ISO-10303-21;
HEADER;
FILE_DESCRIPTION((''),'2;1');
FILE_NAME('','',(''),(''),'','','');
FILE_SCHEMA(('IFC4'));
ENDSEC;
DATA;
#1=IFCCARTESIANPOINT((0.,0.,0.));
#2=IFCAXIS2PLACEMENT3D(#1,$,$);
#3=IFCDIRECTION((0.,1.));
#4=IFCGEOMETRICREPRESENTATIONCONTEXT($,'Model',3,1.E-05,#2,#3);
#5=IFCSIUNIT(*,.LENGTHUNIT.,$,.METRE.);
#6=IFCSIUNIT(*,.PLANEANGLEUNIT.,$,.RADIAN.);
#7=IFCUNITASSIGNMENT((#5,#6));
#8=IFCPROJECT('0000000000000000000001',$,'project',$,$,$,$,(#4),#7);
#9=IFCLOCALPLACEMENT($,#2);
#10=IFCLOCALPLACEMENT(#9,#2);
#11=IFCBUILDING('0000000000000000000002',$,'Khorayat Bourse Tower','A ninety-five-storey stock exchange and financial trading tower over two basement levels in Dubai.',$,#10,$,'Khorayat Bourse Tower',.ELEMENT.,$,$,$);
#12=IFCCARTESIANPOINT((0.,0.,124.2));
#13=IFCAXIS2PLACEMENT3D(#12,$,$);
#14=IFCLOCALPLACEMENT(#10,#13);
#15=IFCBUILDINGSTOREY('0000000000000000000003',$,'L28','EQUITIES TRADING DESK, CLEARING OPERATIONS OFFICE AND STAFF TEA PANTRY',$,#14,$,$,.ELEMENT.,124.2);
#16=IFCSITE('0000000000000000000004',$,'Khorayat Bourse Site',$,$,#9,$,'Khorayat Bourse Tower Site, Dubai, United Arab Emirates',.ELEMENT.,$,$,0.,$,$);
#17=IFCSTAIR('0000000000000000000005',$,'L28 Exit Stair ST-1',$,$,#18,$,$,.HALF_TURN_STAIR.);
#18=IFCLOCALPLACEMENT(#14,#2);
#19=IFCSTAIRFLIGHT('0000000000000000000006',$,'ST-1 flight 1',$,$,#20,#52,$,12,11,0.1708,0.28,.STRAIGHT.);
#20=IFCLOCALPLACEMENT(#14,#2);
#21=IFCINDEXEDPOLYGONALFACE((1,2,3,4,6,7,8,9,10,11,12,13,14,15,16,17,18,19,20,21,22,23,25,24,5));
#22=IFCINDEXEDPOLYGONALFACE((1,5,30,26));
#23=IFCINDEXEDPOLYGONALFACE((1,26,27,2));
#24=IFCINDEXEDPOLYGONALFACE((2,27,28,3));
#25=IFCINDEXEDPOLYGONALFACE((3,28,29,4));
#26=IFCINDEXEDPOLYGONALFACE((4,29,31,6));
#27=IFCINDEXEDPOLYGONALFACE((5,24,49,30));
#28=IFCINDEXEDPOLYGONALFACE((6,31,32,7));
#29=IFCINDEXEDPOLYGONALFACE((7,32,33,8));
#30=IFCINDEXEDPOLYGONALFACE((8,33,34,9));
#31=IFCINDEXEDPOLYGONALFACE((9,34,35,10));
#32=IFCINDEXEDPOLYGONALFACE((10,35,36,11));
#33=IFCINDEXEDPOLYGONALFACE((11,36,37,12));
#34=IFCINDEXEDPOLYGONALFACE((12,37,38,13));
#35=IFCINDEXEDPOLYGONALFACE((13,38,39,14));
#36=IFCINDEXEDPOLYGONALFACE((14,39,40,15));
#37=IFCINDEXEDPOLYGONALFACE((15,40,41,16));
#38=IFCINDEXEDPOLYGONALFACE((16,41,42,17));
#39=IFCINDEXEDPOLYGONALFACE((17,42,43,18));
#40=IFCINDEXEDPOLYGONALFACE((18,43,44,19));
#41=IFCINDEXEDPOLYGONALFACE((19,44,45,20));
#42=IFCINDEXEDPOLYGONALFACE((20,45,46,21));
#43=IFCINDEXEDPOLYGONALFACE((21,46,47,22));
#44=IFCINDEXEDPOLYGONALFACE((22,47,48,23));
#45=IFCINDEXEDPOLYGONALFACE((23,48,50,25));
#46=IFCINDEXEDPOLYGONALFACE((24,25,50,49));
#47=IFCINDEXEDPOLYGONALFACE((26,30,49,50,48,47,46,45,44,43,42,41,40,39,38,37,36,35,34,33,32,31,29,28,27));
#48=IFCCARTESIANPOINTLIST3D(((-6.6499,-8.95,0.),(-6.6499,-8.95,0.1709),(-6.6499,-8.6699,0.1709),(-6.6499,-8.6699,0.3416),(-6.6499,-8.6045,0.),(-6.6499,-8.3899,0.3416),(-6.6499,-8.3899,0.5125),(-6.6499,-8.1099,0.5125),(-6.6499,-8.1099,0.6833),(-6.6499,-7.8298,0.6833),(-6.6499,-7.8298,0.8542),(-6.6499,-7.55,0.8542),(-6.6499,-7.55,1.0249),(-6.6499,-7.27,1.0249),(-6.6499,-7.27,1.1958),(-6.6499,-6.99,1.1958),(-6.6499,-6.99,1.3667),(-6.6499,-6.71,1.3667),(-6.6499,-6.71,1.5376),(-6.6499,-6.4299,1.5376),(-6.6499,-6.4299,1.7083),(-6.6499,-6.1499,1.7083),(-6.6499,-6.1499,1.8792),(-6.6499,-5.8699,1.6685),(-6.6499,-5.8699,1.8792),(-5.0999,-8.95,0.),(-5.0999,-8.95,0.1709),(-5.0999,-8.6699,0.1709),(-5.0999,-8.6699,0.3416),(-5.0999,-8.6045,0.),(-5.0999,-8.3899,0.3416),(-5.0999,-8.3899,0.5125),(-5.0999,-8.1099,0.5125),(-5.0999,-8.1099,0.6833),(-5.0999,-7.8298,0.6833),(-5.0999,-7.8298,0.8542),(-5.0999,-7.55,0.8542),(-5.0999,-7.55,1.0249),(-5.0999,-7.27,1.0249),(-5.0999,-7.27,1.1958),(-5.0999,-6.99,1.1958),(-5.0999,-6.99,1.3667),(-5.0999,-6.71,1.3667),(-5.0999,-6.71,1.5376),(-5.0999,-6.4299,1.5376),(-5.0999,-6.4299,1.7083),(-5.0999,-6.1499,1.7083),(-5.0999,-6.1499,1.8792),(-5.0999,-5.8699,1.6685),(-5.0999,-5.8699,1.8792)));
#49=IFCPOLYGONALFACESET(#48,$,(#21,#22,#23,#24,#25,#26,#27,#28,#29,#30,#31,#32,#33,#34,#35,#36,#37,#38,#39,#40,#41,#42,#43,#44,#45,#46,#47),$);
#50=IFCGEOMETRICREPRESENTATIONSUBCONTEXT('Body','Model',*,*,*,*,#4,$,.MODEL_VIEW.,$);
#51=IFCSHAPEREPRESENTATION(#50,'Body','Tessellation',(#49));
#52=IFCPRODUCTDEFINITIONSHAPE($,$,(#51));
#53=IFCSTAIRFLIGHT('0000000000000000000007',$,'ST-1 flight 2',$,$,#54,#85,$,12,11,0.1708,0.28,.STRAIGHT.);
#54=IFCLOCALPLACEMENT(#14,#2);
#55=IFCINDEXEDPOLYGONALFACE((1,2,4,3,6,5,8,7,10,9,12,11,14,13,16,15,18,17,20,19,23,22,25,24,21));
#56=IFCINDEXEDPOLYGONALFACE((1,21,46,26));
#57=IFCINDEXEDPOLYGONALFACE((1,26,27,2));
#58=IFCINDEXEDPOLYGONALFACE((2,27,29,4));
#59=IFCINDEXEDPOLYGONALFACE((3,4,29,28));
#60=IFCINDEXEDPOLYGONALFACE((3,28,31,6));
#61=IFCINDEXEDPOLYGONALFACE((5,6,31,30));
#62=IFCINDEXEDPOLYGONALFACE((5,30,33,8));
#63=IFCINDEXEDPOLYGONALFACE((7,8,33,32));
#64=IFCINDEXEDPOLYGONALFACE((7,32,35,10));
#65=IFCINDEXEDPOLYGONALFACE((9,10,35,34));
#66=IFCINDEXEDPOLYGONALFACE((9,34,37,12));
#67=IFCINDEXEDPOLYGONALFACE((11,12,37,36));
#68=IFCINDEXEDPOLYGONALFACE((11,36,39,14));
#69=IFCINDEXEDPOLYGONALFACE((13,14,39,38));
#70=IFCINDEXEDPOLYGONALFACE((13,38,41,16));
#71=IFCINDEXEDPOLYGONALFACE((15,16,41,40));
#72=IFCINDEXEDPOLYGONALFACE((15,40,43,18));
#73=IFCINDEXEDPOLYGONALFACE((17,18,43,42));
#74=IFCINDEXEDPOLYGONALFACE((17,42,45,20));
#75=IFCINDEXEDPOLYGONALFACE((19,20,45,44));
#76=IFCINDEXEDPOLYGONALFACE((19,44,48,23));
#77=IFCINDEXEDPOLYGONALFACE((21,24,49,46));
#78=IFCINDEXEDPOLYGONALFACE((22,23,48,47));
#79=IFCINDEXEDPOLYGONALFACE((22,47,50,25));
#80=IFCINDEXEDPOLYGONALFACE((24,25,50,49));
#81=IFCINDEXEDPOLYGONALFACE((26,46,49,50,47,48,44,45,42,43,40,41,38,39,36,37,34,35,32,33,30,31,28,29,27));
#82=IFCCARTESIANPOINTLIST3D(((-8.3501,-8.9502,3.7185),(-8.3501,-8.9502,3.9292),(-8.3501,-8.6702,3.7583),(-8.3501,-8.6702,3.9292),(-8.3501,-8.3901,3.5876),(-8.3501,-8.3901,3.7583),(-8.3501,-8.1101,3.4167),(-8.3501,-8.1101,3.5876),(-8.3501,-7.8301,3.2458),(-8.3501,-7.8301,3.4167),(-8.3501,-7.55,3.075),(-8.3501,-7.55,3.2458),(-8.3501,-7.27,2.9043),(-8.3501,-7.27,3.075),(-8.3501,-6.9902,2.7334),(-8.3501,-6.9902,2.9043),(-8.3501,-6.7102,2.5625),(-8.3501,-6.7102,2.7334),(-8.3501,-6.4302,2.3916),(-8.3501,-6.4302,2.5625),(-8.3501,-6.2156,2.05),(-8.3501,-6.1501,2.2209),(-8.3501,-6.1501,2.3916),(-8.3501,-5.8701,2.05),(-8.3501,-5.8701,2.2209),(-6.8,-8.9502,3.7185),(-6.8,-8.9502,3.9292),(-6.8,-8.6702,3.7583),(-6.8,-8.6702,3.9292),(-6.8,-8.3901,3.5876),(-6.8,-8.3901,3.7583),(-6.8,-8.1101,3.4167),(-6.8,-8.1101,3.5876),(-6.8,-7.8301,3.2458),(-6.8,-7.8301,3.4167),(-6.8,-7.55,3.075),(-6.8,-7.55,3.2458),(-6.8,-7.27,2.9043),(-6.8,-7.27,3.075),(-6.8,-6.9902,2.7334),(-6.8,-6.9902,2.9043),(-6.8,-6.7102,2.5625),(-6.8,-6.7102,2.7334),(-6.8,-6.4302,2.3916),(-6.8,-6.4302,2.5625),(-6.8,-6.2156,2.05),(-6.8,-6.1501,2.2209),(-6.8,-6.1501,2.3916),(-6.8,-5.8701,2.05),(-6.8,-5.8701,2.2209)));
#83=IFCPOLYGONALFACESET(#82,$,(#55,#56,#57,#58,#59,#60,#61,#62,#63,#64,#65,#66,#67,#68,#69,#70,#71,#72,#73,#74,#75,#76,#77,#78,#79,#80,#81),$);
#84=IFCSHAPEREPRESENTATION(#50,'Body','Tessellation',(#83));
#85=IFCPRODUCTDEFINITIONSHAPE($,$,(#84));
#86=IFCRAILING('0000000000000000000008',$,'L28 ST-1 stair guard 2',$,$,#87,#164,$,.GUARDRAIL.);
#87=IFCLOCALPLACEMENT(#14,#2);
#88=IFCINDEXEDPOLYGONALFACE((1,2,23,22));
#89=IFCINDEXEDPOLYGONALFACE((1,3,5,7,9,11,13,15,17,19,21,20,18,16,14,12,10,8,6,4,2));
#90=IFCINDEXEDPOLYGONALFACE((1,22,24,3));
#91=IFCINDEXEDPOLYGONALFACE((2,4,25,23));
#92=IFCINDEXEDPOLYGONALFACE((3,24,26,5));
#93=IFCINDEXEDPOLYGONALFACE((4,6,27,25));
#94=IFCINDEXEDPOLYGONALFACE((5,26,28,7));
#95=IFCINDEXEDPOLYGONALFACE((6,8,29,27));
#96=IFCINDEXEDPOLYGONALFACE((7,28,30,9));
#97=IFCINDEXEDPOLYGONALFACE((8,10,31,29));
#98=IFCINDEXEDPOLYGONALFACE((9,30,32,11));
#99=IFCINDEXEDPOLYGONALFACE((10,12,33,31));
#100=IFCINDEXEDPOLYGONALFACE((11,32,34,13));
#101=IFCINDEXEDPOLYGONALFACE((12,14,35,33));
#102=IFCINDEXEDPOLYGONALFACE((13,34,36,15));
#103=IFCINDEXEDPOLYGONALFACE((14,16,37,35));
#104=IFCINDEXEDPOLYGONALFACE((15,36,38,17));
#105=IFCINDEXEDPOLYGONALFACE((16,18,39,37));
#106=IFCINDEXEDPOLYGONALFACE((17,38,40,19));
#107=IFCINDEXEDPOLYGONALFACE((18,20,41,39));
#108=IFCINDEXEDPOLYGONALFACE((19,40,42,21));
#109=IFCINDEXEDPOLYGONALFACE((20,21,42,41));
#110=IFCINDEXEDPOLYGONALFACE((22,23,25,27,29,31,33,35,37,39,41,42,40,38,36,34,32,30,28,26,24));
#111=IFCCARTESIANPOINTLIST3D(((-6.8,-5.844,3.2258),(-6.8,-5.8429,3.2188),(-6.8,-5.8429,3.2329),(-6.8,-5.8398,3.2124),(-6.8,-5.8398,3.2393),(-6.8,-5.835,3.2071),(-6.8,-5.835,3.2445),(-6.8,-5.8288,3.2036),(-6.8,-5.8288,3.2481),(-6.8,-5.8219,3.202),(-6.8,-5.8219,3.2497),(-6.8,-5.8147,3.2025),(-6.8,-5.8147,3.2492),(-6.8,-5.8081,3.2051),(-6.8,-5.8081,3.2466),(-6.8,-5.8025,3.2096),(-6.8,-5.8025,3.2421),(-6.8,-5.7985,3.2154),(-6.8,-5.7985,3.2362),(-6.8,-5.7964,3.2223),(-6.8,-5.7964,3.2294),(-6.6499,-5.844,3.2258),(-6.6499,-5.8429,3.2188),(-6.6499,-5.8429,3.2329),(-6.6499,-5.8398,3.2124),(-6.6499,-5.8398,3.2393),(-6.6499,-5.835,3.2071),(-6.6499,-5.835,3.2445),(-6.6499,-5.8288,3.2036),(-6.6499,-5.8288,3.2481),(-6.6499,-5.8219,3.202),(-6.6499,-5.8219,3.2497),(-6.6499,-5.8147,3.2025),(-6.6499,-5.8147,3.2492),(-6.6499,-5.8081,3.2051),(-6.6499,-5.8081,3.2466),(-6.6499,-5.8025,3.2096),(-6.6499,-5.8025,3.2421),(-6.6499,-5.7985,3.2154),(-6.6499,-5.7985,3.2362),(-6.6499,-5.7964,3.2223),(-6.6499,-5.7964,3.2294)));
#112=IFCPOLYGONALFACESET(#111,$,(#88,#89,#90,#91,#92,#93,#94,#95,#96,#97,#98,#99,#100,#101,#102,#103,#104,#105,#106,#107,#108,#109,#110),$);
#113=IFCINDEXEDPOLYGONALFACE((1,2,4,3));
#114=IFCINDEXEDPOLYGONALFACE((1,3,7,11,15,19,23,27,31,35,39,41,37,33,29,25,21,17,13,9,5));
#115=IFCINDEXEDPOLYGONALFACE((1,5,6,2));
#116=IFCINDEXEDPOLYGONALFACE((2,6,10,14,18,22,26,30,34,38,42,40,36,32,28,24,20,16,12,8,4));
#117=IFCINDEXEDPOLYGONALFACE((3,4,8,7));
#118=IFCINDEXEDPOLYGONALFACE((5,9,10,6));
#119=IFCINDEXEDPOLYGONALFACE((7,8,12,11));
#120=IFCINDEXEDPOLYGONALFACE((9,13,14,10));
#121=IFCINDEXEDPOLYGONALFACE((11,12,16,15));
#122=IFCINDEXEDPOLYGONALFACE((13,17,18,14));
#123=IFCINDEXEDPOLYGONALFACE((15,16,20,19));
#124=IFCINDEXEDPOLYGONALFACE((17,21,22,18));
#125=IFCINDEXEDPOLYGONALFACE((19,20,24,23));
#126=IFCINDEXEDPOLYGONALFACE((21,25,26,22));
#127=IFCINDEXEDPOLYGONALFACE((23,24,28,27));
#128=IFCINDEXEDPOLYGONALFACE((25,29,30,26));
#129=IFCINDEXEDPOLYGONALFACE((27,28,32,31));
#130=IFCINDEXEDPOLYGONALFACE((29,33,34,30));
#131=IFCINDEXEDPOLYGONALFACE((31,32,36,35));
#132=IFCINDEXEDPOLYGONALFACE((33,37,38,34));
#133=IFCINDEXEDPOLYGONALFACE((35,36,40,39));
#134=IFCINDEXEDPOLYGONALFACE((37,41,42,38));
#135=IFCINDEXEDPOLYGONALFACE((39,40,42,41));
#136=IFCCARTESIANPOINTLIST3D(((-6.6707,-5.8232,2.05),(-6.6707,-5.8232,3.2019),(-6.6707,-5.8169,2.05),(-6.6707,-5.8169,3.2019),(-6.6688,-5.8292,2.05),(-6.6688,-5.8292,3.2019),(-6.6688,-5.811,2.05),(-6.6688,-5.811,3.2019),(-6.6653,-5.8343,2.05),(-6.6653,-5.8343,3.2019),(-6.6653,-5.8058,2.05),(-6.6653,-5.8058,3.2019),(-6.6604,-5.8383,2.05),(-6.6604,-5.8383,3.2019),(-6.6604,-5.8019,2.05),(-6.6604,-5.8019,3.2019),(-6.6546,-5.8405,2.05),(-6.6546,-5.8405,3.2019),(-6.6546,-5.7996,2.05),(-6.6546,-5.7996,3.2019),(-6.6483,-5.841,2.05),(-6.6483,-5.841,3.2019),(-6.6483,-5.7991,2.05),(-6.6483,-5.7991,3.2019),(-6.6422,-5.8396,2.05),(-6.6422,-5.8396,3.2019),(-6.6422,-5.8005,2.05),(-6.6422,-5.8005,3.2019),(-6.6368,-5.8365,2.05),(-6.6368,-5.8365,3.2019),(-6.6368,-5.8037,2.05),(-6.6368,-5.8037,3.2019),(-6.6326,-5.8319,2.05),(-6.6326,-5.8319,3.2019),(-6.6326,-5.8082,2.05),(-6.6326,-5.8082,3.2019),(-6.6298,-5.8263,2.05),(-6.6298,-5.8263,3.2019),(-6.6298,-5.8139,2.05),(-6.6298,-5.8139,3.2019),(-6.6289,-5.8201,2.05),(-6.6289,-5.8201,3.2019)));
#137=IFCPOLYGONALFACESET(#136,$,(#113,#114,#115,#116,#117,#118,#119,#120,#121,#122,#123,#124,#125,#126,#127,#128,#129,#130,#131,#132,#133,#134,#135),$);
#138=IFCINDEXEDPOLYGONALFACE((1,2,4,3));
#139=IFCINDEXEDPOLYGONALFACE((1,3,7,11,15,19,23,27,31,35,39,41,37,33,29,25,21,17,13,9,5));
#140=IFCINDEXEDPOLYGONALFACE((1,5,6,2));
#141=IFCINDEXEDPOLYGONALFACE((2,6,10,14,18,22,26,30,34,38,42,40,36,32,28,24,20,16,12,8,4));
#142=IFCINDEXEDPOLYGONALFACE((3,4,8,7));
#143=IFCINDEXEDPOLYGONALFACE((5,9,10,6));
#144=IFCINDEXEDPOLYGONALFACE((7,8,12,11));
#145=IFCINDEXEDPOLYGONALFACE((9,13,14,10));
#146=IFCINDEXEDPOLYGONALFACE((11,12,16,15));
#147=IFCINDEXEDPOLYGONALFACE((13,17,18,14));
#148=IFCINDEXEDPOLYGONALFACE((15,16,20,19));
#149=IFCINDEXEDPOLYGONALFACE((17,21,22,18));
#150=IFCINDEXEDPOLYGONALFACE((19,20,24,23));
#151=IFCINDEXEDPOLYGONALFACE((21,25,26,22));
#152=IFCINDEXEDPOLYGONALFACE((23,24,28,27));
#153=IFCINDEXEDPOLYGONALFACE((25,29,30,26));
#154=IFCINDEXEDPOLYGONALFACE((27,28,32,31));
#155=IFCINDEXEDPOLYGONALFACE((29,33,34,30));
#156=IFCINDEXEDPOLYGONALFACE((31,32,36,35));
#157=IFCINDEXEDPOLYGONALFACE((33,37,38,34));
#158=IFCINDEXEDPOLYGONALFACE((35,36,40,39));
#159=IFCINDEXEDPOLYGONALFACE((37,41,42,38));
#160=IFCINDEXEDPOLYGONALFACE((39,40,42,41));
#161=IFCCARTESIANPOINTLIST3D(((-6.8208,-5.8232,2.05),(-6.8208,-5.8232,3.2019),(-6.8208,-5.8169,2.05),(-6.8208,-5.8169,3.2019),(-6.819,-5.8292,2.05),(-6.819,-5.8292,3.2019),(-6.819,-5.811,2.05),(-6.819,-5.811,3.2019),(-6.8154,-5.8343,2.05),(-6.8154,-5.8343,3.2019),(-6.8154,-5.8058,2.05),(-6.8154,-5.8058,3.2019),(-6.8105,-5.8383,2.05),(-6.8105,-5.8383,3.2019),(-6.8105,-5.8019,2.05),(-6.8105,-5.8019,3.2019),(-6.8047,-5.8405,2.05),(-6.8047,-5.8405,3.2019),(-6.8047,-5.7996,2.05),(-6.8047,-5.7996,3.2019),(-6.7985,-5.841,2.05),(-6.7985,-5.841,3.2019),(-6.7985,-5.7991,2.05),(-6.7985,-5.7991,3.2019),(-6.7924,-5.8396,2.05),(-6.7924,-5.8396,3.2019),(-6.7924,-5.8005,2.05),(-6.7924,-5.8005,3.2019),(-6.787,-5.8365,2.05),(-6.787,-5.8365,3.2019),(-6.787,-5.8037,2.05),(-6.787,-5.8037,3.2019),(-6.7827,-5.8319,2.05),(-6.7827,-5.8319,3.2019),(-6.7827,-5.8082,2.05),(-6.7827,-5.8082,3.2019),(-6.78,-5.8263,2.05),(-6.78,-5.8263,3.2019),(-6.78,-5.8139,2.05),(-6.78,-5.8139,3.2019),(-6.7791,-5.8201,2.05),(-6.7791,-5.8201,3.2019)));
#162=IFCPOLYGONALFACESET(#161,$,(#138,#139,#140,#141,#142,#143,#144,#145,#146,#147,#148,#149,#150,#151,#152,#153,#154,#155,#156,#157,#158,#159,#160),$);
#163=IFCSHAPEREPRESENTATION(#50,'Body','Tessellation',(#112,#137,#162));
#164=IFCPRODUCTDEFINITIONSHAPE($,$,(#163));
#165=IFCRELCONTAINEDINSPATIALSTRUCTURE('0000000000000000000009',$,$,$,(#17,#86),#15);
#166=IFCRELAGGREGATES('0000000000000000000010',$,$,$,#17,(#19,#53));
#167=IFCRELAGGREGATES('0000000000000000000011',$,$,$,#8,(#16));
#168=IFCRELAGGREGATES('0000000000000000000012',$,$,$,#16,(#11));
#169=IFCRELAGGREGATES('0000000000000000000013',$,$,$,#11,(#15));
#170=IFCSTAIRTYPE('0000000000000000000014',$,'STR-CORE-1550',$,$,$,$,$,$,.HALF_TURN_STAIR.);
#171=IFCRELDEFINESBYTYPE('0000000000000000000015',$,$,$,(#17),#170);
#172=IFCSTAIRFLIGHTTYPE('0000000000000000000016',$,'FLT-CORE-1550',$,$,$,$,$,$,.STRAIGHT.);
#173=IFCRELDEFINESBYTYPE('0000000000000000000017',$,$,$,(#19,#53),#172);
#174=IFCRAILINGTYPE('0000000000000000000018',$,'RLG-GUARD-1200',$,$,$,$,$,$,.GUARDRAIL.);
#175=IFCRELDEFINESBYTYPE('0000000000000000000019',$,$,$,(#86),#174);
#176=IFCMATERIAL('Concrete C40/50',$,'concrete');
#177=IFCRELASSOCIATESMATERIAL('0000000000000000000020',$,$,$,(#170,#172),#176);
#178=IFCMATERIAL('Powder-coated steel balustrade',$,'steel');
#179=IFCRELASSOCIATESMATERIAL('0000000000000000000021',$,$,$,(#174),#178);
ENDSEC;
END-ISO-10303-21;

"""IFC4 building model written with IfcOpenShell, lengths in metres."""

from ifc_helpers import new_model, si_unit, direction, frame, origin, origin_2d, place, context, subcontext, project, spatial, polyline, circle, outline, extrude, source, transform, mapped, material, type_object, element, aggregate, save


model = new_model("IFC4")

# Units and contexts
model_context = context("Model", 3, precision=1e-05, world=origin(), true_north=direction((0.0, 1.0)))
body_context = subcontext(model_context, "Body", "Model", "MODEL_VIEW")
ifc_project = project(units=[si_unit("LENGTHUNIT", "METRE"), si_unit("PLANEANGLEUNIT", "RADIAN")], contexts=[model_context])

# Site, building, storey
site_placement = place(None, origin())
site = spatial("IfcSite", under=ifc_project, at=site_placement, Name="Khorayat Bourse Site", LongName="Khorayat Bourse Tower Site, Dubai, United Arab Emirates", CompositionType="ELEMENT", RefElevation=0.0)
building_placement = place(site_placement, origin())
building = spatial("IfcBuilding", under=site, at=building_placement, Name="Khorayat Bourse Tower", Description="A ninety-five-storey stock exchange and financial trading tower over two basement levels in Dubai.", LongName="Khorayat Bourse Tower", CompositionType="ELEMENT")
storey_placement = place(building_placement, frame((0.0, 0.0, 124.2)))
storey = spatial("IfcBuildingStorey", under=building, at=storey_placement, Name="L28", Description="EQUITIES TRADING DESK, CLEARING OPERATIONS OFFICE AND STAFF TEA PANTRY", CompositionType="ELEMENT", Elevation=124.2)

# Stair, stair flights
ifc_material_1 = material(Name="Concrete C40/50", Category="concrete")
stair_type = type_object("IfcStairType", Name="STR-CORE-1550", PredefinedType="HALF_TURN_STAIR", material=ifc_material_1)
stair_placement = place(storey_placement, origin())
stair = element("IfcStair", 1, at=stair_placement, inside=storey, type_object=stair_type, Name="L28 Exit Stair ST-1", PredefinedType="HALF_TURN_STAIR")
stair_flight_type = type_object("IfcStairFlightType", Name="FLT-CORE-1550", PredefinedType="STRAIGHT", material=ifc_material_1)
shared_shape_1 = source(origin(), body_context, "Body", "SweptSolid", [
    extrude(outline(polyline([(0.0, 0.0), (0.0, 0.1709), (0.28, 0.1709), (0.28, 0.3416), (0.5601, 0.3416), (0.5601, 0.5125), (0.8401, 0.5125), (0.8401, 0.6833), (1.1201, 0.6833), (1.1201, 0.8542), (1.3999, 0.8542), (1.3999, 1.0249), (1.6799, 1.0249), (1.6799, 1.1958), (1.96, 1.1958), (1.96, 1.3667), (2.24, 1.3667), (2.24, 1.5376), (2.52, 1.5376), (2.52, 1.7083), (2.8, 1.7083), (2.8, 1.8792), (3.0801, 1.8792), (3.0801, 2.05), (3.0801, 1.6685), (0.3455, 0.0), (0.0, 0.0)])), frame((0.0, 0.7749, 0.0), z_axis=(0.0, -1.0, 0.0), x_axis=(1.0, 0.0, 0.0)), (0.0, 0.0, 1.0), 1.55),
])
stair_flight_1_placement = place(storey_placement, frame((-5.875, -8.95, 0.0), z_axis=(0.0, 0.0, 1.0), x_axis=(0.0, 1.0, 0.0)))
stair_flight_1 = element("IfcStairFlight", 2, at=stair_flight_1_placement, type_object=stair_flight_type, Name="ST-1 flight 1", NumberOfRisers=12, NumberOfTreads=11, PredefinedType="STRAIGHT", RiserHeight=0.1708, TreadLength=0.28, context=body_context, shape_type="MappedRepresentation", body=[
    mapped(shared_shape_1, transform((0.0, 0.0, 0.0), scale=1.0)),
])
stair_flight_2_placement = place(storey_placement, frame((-7.575, -5.8701, 2.05), z_axis=(0.0, 0.0, 1.0), x_axis=(0.0, -1.0, 0.0)))
stair_flight_2 = element("IfcStairFlight", 3, at=stair_flight_2_placement, type_object=stair_flight_type, Name="ST-1 flight 2", NumberOfRisers=12, NumberOfTreads=11, PredefinedType="STRAIGHT", RiserHeight=0.1708, TreadLength=0.28, context=body_context, shape_type="MappedRepresentation", body=[
    mapped(shared_shape_1, transform((0.0, 0.0, 0.0), scale=1.0)),
])
aggregate(stair, [stair_flight_1, stair_flight_2])

# Railing
ifc_material_2 = material(Name="Powder-coated steel balustrade", Category="steel")
railing_type_1 = type_object("IfcRailingType", Name="RLG-GUARD-1200", PredefinedType="GUARDRAIL", material=ifc_material_2)
shared_shape_2 = source(origin(), body_context, "Body", "SweptSolid", [
    extrude(circle(Radius=0.0239, at=origin_2d()), frame((0.0, 0.0, 1.1758), z_axis=(-1.0, 0.0, 0.0), x_axis=(0.0, -1.0, 0.0)), (0.0, 0.0, 1.0), 0.1501),
    extrude(circle(Radius=0.021, at=origin_2d()), origin(), (0.0, 0.0, 1.0), 1.1519),
    extrude(circle(Radius=0.021, at=origin_2d()), frame((-0.1501, 0.0, 0.0)), (0.0, 0.0, 1.0), 1.1519),
])
for number, where, name in (
    (4, (-6.6499, -5.8201, 2.05), "L28 ST-1 stair guard 2"),
):
    element("IfcRailing", number, at=place(storey_placement, frame(where)), inside=storey, type_object=railing_type_1, Name=name, PredefinedType="GUARDRAIL", context=body_context, shape_type="MappedRepresentation", body=[
        mapped(shared_shape_2, transform((0.0, 0.0, 0.0), scale=1.0)),
    ])

save(model, "model.ifc")
